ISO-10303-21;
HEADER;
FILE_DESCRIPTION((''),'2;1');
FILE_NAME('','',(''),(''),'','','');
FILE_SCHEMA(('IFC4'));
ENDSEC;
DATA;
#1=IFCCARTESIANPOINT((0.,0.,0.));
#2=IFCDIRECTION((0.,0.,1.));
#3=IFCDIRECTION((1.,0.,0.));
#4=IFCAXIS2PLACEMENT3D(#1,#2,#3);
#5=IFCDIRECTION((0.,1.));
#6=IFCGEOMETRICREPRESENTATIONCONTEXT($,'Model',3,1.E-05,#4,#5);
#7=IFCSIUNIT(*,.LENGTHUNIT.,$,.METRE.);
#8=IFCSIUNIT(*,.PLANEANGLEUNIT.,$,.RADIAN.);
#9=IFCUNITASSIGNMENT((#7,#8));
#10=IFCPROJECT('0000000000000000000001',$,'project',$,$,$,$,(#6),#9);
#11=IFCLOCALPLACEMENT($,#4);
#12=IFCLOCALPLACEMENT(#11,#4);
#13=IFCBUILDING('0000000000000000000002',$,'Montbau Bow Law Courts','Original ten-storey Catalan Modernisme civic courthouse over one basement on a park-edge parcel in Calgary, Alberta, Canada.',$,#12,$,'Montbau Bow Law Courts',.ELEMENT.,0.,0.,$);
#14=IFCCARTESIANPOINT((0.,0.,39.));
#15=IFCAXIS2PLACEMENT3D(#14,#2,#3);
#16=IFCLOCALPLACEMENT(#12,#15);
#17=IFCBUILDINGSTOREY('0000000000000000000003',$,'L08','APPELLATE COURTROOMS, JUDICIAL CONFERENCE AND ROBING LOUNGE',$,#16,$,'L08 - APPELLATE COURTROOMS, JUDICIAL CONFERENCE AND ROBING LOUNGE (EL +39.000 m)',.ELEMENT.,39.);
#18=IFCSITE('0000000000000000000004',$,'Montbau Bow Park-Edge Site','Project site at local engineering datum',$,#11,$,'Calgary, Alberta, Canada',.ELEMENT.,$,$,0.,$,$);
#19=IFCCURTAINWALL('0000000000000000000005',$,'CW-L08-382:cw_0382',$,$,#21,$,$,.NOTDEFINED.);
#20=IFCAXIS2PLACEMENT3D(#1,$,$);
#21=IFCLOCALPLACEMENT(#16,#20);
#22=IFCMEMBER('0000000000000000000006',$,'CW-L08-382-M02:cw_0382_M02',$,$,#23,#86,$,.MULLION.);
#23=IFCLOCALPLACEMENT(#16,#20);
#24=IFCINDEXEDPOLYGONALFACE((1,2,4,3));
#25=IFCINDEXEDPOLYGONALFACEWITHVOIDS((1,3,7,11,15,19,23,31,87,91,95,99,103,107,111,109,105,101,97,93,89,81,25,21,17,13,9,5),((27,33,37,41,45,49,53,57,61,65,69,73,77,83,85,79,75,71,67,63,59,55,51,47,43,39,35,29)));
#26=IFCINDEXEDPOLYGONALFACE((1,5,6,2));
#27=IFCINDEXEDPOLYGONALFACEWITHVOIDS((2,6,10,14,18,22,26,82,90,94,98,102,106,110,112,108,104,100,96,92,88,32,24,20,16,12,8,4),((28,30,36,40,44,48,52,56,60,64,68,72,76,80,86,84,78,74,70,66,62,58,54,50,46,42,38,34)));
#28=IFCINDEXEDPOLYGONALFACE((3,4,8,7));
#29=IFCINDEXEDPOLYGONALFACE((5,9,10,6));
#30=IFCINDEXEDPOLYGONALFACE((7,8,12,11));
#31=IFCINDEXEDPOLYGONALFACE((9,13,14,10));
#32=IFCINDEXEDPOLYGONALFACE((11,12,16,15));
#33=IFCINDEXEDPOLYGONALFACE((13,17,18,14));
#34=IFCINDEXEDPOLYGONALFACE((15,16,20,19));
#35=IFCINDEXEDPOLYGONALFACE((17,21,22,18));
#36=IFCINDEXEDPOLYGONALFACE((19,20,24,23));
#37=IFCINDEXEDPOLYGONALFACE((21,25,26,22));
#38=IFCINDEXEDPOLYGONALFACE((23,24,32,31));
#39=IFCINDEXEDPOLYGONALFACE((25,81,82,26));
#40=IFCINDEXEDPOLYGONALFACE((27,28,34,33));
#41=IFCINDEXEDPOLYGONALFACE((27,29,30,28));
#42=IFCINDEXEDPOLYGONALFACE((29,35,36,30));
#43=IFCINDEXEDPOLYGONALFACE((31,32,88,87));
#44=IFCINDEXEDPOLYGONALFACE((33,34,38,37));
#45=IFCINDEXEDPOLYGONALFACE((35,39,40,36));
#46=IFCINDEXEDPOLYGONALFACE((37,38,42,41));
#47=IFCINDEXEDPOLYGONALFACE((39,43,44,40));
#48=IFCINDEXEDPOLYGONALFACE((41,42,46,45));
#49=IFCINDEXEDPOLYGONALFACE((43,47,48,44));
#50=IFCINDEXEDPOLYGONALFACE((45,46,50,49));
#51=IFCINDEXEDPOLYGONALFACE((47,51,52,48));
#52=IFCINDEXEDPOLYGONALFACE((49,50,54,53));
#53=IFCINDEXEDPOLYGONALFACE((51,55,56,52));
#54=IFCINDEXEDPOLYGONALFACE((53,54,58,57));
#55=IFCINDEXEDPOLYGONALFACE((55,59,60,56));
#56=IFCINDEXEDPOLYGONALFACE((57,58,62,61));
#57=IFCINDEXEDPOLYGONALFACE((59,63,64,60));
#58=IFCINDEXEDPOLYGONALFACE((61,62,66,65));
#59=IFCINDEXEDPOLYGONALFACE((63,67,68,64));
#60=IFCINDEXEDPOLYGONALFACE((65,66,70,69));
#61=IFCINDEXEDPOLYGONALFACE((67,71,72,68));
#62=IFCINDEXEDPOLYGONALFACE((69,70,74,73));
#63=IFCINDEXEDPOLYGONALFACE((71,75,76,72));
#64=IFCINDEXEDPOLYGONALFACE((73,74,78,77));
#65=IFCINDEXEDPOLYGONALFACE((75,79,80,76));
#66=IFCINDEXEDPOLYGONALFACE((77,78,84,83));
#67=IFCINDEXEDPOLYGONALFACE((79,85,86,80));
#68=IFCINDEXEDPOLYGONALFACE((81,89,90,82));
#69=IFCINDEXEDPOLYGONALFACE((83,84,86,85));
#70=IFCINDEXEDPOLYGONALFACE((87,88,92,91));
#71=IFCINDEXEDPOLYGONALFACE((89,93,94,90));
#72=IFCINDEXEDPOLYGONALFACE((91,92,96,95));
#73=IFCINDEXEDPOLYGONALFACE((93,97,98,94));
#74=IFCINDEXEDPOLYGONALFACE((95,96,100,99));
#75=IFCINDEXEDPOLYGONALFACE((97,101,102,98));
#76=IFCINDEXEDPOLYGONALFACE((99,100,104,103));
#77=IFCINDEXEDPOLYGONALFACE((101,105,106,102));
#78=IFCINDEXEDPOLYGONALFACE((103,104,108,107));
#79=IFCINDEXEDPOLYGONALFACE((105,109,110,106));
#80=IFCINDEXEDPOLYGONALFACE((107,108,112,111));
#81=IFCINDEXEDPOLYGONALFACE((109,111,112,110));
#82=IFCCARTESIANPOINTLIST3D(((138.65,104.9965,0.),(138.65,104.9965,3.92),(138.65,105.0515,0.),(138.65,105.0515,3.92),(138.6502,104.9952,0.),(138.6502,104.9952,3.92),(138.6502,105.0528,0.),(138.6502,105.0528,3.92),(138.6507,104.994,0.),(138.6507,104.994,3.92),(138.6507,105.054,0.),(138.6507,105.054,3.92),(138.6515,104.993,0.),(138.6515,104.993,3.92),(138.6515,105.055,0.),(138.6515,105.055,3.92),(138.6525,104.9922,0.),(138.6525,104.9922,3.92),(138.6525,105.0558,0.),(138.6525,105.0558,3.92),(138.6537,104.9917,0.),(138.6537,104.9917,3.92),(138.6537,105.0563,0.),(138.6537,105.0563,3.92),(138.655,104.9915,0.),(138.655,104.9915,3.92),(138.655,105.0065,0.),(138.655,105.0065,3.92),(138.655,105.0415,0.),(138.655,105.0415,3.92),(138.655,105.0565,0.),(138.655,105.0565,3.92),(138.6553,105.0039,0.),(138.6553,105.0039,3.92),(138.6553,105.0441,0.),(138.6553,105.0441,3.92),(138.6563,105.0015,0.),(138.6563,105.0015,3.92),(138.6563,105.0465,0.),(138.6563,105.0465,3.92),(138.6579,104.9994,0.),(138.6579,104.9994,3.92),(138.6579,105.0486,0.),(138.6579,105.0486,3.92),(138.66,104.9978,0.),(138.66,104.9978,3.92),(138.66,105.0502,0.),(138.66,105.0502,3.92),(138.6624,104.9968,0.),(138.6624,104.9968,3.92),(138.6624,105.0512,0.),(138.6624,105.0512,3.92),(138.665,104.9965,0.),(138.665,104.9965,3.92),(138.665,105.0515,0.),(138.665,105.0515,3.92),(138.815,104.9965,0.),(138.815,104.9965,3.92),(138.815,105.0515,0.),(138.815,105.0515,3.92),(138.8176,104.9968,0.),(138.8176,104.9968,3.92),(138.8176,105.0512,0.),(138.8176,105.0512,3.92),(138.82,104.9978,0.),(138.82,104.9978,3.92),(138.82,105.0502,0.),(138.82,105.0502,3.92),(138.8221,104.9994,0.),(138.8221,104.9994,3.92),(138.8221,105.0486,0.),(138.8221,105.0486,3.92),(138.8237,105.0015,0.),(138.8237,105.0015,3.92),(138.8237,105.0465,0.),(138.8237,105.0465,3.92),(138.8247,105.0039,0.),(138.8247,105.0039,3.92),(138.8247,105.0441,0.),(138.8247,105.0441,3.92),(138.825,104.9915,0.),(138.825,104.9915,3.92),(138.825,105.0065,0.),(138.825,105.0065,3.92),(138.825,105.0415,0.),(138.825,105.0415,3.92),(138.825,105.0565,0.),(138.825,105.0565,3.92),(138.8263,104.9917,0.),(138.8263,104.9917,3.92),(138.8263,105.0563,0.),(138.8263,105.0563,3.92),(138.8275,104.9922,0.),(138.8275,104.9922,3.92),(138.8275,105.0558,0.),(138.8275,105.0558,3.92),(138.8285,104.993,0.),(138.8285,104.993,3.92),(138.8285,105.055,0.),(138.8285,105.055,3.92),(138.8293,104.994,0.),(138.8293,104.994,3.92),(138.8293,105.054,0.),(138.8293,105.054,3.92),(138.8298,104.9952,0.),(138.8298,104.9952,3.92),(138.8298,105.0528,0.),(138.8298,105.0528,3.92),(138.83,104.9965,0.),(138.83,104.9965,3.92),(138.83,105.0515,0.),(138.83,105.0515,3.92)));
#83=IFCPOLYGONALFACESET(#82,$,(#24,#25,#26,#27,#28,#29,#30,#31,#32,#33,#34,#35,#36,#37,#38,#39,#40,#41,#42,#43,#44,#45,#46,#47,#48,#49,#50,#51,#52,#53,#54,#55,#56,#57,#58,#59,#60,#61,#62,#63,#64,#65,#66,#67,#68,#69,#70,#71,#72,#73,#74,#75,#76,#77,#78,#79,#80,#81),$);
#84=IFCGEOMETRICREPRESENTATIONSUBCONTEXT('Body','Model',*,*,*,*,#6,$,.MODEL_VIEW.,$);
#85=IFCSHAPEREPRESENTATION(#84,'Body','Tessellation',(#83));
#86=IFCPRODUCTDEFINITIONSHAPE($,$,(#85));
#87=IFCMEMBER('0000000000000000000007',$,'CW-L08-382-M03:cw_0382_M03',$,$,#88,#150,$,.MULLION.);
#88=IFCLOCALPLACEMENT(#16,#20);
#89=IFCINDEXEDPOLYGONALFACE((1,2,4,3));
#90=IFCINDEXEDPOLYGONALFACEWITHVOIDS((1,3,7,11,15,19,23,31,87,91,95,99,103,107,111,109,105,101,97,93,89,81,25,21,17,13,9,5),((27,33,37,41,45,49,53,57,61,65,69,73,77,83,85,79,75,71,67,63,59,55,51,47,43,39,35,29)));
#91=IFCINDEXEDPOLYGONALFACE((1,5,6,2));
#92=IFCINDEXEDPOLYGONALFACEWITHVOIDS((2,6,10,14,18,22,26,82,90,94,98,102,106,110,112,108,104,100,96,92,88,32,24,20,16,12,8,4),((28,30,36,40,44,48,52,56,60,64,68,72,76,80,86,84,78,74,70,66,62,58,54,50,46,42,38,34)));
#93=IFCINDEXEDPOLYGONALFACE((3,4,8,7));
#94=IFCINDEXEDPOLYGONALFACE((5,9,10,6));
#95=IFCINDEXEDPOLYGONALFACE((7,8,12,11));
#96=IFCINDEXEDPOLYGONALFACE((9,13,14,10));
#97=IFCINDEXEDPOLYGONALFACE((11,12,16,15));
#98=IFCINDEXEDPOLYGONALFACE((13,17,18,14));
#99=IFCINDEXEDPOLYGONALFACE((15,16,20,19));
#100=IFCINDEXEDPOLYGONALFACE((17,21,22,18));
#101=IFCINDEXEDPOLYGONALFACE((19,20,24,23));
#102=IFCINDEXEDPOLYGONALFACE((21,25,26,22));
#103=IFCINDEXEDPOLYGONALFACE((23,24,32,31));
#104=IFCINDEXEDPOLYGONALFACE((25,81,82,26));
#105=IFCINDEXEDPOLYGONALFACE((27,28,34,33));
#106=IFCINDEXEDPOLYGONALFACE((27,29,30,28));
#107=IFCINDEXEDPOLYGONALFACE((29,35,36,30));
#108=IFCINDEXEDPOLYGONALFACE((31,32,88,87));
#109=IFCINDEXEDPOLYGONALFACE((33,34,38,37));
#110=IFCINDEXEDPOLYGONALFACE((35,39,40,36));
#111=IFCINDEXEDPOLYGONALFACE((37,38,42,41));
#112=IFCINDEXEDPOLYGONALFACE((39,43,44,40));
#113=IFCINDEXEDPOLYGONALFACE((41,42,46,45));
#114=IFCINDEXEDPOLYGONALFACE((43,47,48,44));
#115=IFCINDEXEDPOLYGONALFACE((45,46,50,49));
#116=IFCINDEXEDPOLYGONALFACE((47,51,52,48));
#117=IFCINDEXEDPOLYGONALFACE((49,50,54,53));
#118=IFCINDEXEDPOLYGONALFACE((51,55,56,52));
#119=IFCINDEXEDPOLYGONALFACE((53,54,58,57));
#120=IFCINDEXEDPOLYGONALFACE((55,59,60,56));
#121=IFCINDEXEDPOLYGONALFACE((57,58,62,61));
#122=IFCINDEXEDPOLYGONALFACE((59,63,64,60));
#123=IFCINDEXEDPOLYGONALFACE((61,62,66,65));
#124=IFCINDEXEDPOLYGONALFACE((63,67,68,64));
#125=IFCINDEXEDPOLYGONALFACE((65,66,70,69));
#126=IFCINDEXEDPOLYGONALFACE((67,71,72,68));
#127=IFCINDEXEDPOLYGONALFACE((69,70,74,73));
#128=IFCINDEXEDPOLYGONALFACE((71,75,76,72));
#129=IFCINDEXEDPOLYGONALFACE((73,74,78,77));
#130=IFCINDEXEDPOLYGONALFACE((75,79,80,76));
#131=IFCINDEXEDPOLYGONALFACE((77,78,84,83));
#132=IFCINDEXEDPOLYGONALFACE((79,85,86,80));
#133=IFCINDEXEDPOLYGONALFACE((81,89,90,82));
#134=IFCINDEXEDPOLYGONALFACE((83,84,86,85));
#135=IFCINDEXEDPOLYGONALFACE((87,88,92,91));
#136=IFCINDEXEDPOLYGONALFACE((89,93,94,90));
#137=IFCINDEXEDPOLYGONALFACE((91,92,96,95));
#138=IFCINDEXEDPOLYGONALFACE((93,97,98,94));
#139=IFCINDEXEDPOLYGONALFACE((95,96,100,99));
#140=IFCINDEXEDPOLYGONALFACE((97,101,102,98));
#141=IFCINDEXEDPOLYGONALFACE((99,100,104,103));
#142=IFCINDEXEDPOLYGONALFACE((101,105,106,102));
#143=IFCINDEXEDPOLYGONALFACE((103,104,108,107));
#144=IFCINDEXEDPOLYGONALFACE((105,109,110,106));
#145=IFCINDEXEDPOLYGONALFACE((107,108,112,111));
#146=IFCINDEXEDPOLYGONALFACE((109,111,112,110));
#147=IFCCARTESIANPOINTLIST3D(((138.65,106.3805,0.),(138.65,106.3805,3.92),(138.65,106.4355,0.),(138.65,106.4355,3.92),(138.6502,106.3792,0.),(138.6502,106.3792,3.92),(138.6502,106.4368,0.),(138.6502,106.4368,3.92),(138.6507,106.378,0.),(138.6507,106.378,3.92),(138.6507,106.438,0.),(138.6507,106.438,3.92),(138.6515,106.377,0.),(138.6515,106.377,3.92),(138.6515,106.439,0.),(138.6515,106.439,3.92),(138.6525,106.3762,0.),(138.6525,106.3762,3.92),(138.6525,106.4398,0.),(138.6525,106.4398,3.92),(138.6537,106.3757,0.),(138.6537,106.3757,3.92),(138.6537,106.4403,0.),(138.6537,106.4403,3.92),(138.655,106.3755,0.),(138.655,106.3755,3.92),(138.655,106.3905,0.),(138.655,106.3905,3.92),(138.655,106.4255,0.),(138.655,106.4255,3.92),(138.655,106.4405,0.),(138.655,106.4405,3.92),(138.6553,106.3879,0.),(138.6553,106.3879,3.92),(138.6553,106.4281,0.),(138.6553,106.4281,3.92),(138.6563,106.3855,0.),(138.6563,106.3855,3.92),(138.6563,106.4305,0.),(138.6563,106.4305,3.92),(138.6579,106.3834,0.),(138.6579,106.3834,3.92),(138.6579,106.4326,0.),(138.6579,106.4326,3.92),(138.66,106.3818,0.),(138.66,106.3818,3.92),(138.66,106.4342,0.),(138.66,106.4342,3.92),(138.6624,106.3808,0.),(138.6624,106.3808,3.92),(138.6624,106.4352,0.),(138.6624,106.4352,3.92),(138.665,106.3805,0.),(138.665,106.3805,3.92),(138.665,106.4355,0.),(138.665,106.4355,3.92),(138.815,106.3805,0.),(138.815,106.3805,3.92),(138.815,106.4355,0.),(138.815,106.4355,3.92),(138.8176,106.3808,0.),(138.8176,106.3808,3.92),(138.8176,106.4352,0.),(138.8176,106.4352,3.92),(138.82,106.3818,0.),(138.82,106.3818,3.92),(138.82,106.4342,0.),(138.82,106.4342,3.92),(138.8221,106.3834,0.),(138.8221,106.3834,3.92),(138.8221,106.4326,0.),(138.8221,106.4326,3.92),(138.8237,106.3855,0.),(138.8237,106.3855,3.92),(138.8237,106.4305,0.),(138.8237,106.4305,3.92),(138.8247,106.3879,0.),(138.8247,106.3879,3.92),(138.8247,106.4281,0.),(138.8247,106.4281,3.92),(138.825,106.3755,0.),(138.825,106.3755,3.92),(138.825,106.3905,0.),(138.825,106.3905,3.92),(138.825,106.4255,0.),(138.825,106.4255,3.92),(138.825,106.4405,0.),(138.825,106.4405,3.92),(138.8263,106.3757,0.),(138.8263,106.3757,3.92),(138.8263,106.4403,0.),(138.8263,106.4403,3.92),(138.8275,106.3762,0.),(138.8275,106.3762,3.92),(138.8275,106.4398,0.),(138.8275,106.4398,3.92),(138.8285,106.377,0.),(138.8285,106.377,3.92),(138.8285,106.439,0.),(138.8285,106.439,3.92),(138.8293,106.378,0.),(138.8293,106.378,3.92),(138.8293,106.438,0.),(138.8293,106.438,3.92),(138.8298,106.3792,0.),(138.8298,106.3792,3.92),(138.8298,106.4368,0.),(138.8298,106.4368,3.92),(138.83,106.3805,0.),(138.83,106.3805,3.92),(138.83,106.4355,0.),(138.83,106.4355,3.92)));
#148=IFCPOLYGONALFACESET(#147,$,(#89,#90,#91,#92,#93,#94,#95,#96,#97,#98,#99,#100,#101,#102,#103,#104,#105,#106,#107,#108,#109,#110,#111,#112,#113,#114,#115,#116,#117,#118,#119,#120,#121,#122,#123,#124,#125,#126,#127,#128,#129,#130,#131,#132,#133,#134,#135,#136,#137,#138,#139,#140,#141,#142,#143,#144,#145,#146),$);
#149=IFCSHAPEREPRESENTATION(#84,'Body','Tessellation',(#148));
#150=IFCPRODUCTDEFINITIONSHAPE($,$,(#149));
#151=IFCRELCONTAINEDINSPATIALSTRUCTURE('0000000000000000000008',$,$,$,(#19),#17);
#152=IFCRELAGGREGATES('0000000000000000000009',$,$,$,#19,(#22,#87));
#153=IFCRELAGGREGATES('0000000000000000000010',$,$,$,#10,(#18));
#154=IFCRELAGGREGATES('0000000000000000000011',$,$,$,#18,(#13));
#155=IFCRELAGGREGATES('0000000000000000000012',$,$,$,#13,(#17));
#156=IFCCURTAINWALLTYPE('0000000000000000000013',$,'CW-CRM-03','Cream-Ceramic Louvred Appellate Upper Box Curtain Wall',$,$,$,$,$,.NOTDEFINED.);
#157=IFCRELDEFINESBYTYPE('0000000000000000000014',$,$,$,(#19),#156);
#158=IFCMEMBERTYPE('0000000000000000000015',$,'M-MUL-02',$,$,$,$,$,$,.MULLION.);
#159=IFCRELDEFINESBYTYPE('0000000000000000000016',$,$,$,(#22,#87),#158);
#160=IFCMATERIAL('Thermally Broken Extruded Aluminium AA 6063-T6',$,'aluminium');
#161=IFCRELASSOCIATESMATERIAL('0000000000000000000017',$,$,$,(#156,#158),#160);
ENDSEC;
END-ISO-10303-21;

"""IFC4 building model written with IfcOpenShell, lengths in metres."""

from ifc_helpers import new_model, si_unit, direction, frame, origin_with_axes, origin_2d_with_axis, place, context, subcontext, project, spatial, hollow_rectangle, extrude, material, material_profile, profile_set, type_object, element, aggregate, save


model = new_model("IFC4")

# Units and contexts
model_context = context("Model", 3, precision=1e-05, world=origin_with_axes(), true_north=direction((0.0, 1.0)))
body_context = subcontext(model_context, "Body", "Model", "MODEL_VIEW")
ifc_project = project(units=[si_unit("LENGTHUNIT", "METRE"), si_unit("PLANEANGLEUNIT", "RADIAN")], contexts=[model_context])

# Site, building, storey
site_placement = place(None, origin_with_axes())
site = spatial("IfcSite", under=ifc_project, at=site_placement, Name="Montbau Bow Park-Edge Site", Description="Project site at local engineering datum", LongName="Calgary, Alberta, Canada", CompositionType="ELEMENT", RefElevation=0.0)
building_placement = place(site_placement, origin_with_axes())
building = spatial("IfcBuilding", under=site, at=building_placement, Name="Montbau Bow Law Courts", Description="Original ten-storey Catalan Modernisme civic courthouse over one basement on a park-edge parcel in Calgary, Alberta, Canada.", LongName="Montbau Bow Law Courts", CompositionType="ELEMENT", ElevationOfRefHeight=0.0, ElevationOfTerrain=0.0)
storey_placement = place(building_placement, frame((0.0, 0.0, 39.0), z_axis=(0.0, 0.0, 1.0), x_axis=(1.0, 0.0, 0.0)))
storey = spatial("IfcBuildingStorey", under=building, at=storey_placement, Name="L08", Description="APPELLATE COURTROOMS, JUDICIAL CONFERENCE AND ROBING LOUNGE", LongName="L08 - APPELLATE COURTROOMS, JUDICIAL CONFERENCE AND ROBING LOUNGE (EL +39.000 m)", CompositionType="ELEMENT", Elevation=39.0)

# Shared definitions
ifc_material_1 = material(Name="Thermally Broken Extruded Aluminium AA 6063-T6", Category="aluminium")
curtain_wall_type = type_object("IfcCurtainWallType", Name="CW-CRM-03", Description="Cream-Ceramic Louvred Appellate Upper Box Curtain Wall", PredefinedType="NOTDEFINED", material=ifc_material_1)

# Curtain wall, members
curtain_wall_1_placement = place(None, frame((138.74, 103.64, 39.0), z_axis=(0.0, 0.0, 1.0), x_axis=(1.0, 0.0, 0.0)))
curtain_wall_1 = element("IfcCurtainWall", 1, at=curtain_wall_1_placement, inside=storey, type_object=curtain_wall_type, Name="CW-L08-382:cw_0382", PredefinedType="NOTDEFINED")
ifc_material_profile_1 = material_profile(ifc_material_1, hollow_rectangle(XDim=0.065, YDim=0.18, WallThickness=0.005, InnerFilletRadius=0.01, OuterFilletRadius=0.005, at=origin_2d_with_axis()), Name="CWM-180X65", Category="Main", Priority=0)
ifc_profile_set_1 = profile_set([ifc_material_profile_1], Name="Thermally Broken Extruded Aluminium AA 6063-T6")
member_type_1 = type_object("IfcMemberType", Name="M-MUL-02", PredefinedType="MULLION", material=ifc_profile_set_1)
member_1_placement = place(None, frame((138.74, 105.024, 39.0), z_axis=(0.0, 0.0, 1.0), x_axis=(0.0, 1.0, 0.0)))
member_1 = element("IfcMember", 2, at=member_1_placement, type_object=member_type_1, Name="CW-L08-382-M02:cw_0382_M02", PredefinedType="MULLION", context=body_context, shape_type="SweptSolid", body=[
    extrude(hollow_rectangle(XDim=0.065, YDim=0.18, WallThickness=0.005, InnerFilletRadius=0.01, OuterFilletRadius=0.005, at=origin_2d_with_axis()), origin_with_axes(), (0.0, 0.0, 1.0), 3.92),
])
member_2_placement = place(None, frame((138.74, 106.408, 39.0), z_axis=(0.0, 0.0, 1.0), x_axis=(0.0, 1.0, 0.0)))
member_2 = element("IfcMember", 3, at=member_2_placement, type_object=member_type_1, Name="CW-L08-382-M03:cw_0382_M03", PredefinedType="MULLION", context=body_context, shape_type="SweptSolid", body=[
    extrude(hollow_rectangle(XDim=0.065, YDim=0.18, WallThickness=0.005, InnerFilletRadius=0.01, OuterFilletRadius=0.005, at=origin_2d_with_axis()), origin_with_axes(), (0.0, 0.0, 1.0), 3.92),
])
aggregate(curtain_wall_1, [member_1, member_2])

save(model, "model.ifc")
